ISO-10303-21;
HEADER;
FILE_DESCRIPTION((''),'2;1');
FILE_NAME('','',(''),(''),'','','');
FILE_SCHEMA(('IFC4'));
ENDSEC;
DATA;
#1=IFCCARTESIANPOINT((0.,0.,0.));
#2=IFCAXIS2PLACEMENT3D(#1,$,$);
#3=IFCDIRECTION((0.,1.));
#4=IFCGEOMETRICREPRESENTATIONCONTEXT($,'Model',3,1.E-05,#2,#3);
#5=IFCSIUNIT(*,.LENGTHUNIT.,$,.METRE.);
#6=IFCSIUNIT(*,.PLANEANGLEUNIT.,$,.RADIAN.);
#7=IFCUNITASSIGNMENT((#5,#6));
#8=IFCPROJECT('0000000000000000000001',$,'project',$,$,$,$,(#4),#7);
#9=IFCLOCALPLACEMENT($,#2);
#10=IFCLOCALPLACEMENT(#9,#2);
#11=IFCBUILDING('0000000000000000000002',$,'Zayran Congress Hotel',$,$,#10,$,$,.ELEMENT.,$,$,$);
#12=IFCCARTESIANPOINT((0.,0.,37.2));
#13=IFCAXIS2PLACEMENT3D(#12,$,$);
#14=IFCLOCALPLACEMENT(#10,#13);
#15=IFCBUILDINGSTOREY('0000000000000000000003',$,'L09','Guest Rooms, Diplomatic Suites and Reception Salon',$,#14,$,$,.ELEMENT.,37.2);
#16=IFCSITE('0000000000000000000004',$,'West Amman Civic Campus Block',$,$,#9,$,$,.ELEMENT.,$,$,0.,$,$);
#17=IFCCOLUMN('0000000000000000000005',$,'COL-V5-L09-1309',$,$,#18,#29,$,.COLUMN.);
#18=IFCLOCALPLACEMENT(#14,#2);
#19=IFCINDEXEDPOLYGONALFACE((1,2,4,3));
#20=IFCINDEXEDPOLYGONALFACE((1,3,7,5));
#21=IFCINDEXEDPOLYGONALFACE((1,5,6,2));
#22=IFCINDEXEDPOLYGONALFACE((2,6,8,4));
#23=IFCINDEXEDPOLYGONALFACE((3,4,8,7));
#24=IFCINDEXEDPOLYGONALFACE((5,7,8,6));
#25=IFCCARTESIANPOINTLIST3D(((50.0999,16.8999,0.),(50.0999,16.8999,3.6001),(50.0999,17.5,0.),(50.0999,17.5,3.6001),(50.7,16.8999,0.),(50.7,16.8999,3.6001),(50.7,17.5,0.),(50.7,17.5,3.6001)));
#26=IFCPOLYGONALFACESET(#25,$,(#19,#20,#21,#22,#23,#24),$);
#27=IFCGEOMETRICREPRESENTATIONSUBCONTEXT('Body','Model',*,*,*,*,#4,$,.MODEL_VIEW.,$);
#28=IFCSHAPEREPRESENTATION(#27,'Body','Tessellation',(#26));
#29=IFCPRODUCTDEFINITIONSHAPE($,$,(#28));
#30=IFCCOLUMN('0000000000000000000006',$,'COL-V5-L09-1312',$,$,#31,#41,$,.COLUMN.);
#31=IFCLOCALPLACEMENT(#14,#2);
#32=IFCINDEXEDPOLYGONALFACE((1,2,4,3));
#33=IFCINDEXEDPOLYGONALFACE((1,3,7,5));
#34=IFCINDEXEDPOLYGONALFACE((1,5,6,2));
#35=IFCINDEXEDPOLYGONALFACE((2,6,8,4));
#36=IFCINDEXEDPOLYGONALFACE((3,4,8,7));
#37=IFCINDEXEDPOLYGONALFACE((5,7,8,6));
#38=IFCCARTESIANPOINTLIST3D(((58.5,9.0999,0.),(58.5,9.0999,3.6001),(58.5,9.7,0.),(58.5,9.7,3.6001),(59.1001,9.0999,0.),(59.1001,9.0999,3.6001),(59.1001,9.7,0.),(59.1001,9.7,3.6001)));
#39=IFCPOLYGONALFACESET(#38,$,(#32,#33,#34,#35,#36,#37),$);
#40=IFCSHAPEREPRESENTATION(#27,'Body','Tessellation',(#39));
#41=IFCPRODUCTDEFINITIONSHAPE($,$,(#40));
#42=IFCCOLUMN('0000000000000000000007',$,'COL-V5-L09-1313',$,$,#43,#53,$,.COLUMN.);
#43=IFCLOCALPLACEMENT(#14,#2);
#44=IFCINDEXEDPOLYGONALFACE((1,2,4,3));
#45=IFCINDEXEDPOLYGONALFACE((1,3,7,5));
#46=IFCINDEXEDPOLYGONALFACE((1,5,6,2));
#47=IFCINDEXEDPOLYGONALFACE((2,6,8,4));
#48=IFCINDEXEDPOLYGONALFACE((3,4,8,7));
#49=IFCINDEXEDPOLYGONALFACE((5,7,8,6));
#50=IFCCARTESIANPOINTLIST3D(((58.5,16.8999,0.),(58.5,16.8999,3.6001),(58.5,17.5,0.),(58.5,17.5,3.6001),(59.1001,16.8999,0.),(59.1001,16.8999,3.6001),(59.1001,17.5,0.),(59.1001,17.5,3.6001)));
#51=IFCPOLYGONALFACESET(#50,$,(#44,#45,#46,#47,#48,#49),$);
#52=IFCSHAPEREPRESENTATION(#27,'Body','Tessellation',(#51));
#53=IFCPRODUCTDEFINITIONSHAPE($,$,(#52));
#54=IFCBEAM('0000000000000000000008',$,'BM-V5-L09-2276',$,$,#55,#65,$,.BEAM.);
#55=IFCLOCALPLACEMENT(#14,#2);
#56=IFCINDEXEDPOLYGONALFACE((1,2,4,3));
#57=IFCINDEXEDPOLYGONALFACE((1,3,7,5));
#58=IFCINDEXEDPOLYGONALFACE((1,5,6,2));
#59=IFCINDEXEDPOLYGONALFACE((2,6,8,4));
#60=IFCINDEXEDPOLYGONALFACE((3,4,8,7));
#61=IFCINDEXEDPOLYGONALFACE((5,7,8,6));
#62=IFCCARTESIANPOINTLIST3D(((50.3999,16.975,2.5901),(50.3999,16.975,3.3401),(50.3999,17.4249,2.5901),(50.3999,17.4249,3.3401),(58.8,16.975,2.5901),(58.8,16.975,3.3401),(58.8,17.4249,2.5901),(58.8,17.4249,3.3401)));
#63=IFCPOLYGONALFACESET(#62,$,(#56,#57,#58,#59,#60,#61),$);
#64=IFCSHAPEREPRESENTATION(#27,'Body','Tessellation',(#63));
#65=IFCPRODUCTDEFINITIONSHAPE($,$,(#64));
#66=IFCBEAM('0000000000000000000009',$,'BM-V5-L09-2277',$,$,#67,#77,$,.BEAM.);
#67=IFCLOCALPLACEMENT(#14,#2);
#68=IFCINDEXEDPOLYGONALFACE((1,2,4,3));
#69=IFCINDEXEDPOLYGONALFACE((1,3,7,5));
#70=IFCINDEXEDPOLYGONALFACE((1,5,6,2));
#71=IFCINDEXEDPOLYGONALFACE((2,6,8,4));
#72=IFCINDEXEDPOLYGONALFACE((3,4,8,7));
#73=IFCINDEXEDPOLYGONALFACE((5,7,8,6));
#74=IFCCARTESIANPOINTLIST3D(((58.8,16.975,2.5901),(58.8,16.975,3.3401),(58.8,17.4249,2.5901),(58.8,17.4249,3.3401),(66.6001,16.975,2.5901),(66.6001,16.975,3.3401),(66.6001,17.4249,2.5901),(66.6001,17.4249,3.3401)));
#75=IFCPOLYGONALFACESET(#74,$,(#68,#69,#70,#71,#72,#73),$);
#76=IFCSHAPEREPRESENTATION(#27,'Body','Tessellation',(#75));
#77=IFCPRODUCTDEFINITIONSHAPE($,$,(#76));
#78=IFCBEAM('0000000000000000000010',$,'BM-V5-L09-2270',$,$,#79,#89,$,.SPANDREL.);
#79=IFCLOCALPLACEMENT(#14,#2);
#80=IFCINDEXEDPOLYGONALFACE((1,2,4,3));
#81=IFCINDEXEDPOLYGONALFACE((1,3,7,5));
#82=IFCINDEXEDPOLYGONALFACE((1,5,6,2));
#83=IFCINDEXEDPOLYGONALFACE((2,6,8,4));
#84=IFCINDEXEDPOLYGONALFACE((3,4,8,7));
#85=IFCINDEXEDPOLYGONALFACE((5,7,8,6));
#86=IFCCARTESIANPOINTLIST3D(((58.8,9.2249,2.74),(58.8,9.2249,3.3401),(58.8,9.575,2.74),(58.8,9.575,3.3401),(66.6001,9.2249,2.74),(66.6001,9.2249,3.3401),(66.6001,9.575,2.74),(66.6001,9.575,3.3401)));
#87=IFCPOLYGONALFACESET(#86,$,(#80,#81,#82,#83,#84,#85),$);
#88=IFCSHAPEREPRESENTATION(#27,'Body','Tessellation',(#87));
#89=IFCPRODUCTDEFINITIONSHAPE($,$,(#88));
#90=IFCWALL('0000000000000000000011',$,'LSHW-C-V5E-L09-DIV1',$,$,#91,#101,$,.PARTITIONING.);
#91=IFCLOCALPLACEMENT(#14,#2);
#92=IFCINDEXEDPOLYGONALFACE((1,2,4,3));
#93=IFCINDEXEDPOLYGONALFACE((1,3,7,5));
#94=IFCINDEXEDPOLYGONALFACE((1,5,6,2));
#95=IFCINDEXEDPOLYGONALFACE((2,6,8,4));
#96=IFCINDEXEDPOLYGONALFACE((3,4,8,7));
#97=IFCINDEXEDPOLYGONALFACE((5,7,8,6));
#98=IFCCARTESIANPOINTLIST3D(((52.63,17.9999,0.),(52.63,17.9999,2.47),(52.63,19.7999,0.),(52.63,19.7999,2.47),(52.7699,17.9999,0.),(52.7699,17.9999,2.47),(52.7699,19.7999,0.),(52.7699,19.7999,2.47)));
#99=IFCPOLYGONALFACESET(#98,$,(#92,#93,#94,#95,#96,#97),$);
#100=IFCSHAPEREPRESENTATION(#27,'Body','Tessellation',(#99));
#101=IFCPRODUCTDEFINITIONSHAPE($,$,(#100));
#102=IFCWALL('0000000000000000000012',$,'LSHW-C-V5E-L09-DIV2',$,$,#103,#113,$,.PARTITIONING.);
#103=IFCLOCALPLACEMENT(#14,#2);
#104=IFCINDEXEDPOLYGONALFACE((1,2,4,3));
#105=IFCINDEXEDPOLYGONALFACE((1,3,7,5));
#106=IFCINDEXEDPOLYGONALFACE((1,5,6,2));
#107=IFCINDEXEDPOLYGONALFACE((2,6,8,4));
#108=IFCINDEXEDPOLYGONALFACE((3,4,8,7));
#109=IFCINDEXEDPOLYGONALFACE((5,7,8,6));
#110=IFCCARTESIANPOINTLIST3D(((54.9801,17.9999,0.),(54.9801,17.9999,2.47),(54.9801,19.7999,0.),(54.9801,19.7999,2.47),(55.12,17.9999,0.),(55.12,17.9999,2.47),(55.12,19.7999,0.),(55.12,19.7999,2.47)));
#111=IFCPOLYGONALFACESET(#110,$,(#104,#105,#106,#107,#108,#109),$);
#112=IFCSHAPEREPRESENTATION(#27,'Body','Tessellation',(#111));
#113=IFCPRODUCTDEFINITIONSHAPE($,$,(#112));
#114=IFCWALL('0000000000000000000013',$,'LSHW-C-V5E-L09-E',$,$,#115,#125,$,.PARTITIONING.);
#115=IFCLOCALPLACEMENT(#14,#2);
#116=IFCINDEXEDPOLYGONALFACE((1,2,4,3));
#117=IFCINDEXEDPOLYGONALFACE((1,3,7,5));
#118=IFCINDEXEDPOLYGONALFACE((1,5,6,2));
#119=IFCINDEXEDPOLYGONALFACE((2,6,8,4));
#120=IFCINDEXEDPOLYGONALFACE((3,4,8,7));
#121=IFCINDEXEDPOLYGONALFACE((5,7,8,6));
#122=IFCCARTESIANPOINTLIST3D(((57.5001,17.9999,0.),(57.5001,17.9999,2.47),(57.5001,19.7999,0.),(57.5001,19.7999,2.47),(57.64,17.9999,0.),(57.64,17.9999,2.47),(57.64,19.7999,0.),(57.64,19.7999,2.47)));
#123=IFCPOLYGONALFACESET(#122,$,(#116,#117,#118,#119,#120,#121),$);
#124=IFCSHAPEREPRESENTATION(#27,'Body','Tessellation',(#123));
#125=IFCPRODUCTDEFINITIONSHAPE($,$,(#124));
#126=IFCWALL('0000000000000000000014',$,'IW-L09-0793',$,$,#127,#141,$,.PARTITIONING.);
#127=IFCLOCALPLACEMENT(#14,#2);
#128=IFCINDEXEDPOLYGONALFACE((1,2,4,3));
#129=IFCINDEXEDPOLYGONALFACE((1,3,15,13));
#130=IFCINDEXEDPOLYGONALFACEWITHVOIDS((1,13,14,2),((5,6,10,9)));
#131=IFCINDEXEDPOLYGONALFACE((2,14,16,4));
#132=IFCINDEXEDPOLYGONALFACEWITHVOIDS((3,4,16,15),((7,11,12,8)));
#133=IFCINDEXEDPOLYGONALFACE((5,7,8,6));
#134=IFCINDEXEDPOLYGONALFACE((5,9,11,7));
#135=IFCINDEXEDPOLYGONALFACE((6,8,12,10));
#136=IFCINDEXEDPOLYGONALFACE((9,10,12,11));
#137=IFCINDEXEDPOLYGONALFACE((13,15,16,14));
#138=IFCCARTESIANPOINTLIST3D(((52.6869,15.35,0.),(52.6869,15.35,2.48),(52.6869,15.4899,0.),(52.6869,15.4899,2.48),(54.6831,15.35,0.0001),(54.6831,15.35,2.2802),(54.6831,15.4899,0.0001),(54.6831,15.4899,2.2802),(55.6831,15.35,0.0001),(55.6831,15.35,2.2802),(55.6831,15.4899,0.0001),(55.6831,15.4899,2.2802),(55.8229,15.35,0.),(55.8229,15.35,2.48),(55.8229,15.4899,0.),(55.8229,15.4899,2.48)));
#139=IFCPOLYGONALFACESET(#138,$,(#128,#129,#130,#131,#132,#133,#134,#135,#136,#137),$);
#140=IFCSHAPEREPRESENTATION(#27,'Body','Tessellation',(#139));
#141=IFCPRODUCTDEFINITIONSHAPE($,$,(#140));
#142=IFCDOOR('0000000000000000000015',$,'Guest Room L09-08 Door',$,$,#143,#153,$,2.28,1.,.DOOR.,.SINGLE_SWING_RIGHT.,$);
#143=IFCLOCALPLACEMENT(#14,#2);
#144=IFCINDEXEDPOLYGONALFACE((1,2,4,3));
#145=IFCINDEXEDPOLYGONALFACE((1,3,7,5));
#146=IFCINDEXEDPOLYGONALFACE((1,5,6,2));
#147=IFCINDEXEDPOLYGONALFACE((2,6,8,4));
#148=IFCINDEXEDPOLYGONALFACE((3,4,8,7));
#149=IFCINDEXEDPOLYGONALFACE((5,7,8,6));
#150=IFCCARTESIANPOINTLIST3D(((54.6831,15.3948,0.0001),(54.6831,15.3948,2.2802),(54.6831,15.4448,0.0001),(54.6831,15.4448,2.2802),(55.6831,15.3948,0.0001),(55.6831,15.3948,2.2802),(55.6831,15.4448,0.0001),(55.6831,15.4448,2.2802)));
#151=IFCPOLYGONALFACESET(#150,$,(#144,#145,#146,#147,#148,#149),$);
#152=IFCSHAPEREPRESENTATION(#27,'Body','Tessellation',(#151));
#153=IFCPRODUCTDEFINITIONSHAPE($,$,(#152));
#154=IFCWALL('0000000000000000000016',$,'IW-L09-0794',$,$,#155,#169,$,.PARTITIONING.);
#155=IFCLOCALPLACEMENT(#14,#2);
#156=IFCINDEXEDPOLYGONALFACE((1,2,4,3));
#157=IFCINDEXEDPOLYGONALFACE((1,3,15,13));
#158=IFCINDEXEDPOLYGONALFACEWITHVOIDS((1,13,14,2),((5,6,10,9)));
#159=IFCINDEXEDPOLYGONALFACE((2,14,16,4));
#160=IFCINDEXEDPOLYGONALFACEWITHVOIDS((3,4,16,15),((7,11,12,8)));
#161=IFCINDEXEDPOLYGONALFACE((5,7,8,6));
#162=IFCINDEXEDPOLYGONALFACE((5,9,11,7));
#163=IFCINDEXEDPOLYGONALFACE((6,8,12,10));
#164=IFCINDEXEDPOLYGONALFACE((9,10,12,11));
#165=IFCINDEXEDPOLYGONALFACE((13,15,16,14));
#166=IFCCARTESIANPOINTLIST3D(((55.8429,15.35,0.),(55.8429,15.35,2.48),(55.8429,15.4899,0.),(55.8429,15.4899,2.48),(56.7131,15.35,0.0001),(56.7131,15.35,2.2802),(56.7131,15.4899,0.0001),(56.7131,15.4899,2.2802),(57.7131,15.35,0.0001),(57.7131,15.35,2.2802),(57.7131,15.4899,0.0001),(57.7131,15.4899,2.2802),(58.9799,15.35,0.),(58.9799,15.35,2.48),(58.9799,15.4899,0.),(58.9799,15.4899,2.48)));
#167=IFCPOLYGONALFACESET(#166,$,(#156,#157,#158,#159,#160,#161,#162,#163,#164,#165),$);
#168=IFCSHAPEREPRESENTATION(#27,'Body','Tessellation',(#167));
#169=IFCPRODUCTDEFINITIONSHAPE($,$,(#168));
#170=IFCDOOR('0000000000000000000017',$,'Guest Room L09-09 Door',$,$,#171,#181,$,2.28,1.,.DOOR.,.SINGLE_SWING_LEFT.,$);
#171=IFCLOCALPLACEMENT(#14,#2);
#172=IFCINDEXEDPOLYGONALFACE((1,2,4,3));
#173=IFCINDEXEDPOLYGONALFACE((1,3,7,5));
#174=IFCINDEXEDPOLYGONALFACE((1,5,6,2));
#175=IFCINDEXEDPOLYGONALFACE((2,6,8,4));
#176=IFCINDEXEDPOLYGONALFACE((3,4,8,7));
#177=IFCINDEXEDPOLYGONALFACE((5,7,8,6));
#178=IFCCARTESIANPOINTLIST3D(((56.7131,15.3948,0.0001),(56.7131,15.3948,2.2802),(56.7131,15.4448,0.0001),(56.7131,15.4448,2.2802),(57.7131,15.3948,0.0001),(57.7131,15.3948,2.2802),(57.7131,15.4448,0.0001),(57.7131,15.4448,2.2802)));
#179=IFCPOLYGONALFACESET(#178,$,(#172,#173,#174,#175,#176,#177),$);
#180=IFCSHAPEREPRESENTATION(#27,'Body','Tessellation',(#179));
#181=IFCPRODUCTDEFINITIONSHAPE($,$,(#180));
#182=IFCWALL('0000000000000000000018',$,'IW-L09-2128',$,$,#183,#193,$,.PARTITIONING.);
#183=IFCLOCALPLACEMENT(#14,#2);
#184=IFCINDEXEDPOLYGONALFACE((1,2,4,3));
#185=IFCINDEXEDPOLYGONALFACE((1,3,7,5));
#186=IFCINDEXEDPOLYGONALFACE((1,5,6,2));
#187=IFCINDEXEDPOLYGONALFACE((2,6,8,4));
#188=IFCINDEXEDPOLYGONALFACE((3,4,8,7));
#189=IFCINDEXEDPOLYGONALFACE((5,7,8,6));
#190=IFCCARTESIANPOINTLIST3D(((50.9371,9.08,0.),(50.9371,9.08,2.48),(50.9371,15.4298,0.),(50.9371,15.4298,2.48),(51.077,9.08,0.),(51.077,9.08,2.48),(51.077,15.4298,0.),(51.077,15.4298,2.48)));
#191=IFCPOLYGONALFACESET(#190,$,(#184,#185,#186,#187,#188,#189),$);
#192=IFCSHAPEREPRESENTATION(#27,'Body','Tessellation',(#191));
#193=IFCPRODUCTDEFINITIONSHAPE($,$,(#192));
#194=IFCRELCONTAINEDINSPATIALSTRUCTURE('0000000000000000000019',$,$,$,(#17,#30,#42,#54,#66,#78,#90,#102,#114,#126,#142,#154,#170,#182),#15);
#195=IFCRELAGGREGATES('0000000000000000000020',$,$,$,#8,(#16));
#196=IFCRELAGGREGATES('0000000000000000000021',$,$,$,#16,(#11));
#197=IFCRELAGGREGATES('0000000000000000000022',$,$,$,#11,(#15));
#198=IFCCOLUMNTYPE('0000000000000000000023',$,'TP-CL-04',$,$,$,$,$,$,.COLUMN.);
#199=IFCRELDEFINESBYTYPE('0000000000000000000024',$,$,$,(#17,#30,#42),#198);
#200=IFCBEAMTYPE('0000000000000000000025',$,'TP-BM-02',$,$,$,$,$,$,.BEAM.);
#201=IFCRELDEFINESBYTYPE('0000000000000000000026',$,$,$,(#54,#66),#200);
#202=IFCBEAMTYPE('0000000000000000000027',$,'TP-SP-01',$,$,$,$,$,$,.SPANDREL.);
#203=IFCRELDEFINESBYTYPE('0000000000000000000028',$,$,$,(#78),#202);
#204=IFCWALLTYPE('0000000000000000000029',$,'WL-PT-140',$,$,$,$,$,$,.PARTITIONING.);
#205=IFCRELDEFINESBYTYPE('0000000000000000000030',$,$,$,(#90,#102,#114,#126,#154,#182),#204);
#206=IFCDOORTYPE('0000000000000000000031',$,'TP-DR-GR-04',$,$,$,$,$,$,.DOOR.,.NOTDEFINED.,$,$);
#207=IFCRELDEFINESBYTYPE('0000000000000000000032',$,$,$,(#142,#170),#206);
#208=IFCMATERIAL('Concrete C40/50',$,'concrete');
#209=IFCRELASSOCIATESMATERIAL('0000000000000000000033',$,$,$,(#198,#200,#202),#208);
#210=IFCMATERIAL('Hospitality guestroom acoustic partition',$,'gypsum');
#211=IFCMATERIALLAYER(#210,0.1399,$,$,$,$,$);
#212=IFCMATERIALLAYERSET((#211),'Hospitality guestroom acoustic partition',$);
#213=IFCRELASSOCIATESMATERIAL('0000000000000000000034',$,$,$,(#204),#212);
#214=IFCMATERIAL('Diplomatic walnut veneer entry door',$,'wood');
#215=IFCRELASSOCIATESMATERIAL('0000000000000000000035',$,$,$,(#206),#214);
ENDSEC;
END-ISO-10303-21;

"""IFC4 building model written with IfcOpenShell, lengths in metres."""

from ifc_helpers import new_model, si_unit, direction, frame, frame_2d, origin, origin_2d, place, context, subcontext, project, spatial, rectangle, extrude, material, layer, layer_set, material_profile, profile_set, type_object, element, fill, save


model = new_model("IFC4")

# Units and contexts
model_context = context("Model", 3, precision=1e-05, world=origin(), true_north=direction((0.0, 1.0)))
body_context = subcontext(model_context, "Body", "Model", "MODEL_VIEW")
ifc_project = project(units=[si_unit("LENGTHUNIT", "METRE"), si_unit("PLANEANGLEUNIT", "RADIAN")], contexts=[model_context])

# Site, building, storey
site_placement = place(None, origin())
site = spatial("IfcSite", under=ifc_project, at=site_placement, Name="West Amman Civic Campus Block", CompositionType="ELEMENT", RefElevation=0.0)
building_placement = place(site_placement, origin())
building = spatial("IfcBuilding", under=site, at=building_placement, Name="Zayran Congress Hotel", CompositionType="ELEMENT")
storey_placement = place(building_placement, frame((0.0, 0.0, 37.2)))
storey = spatial("IfcBuildingStorey", under=building, at=storey_placement, Name="L09", Description="Guest Rooms, Diplomatic Suites and Reception Salon", CompositionType="ELEMENT", Elevation=37.2)

# Columns
ifc_material_1 = material(Name="Concrete C40/50", Category="concrete")
ifc_material_profile_1 = material_profile(ifc_material_1, rectangle(XDim=0.6001, YDim=0.6001, at=origin_2d()), Name="RC 600x600")
ifc_profile_set_1 = profile_set([ifc_material_profile_1], Name="Concrete C40/50")
column_type = type_object("IfcColumnType", Name="TP-CL-04", PredefinedType="COLUMN", material=ifc_profile_set_1)
for number, where, z_axis, x_axis, name in (
    (1, (50.3999, 17.2, 0.0), (0.0, 0.0, 1.0), (1.0, 0.0, 0.0), "COL-V5-L09-1309"),
    (2, (58.8, 9.3999, 0.0), (0.0, 0.0, 1.0), (1.0, 0.0, 0.0), "COL-V5-L09-1312"),
    (3, (58.8, 17.2, 0.0), (0.0, 0.0, 1.0), (1.0, 0.0, 0.0), "COL-V5-L09-1313"),
):
    element("IfcColumn", number, at=place(storey_placement, frame(where, z_axis=z_axis, x_axis=x_axis)), inside=storey, type_object=column_type, Name=name, PredefinedType="COLUMN", context=body_context, shape_type="SweptSolid", body=[
        extrude(rectangle(XDim=0.6001, YDim=0.6001, at=origin_2d()), origin(), (0.0, 0.0, 1.0), 3.6001),
    ])

# Beams
ifc_material_profile_2 = material_profile(ifc_material_1, rectangle(XDim=0.45, YDim=0.75, at=origin_2d()), Name="RC 450x750")
ifc_profile_set_2 = profile_set([ifc_material_profile_2], Name="Concrete C40/50")
beam_type_1 = type_object("IfcBeamType", Name="TP-BM-02", PredefinedType="BEAM", material=ifc_profile_set_2)
beam_1_placement = place(storey_placement, frame((50.3999, 17.2, 2.9651), z_axis=(1.0, 0.0, 0.0), x_axis=(0.0, 1.0, 0.0)))
element("IfcBeam", 4, at=beam_1_placement, inside=storey, type_object=beam_type_1, Name="BM-V5-L09-2276", PredefinedType="BEAM", context=body_context, shape_type="SweptSolid", body=[
    extrude(rectangle(XDim=0.45, YDim=0.75, at=origin_2d()), origin(), (0.0, 0.0, 1.0), 8.4001),
])
beam_2_placement = place(storey_placement, frame((58.8, 17.2, 2.9651), z_axis=(1.0, 0.0, 0.0), x_axis=(0.0, 1.0, 0.0)))
element("IfcBeam", 5, at=beam_2_placement, inside=storey, type_object=beam_type_1, Name="BM-V5-L09-2277", PredefinedType="BEAM", context=body_context, shape_type="SweptSolid", body=[
    extrude(rectangle(XDim=0.45, YDim=0.75, at=origin_2d()), origin(), (0.0, 0.0, 1.0), 7.8),
])
ifc_material_profile_3 = material_profile(ifc_material_1, rectangle(XDim=0.3501, YDim=0.6001, at=origin_2d()), Name="RC 350x600")
ifc_profile_set_3 = profile_set([ifc_material_profile_3], Name="Concrete C40/50")
beam_type_2 = type_object("IfcBeamType", Name="TP-SP-01", PredefinedType="SPANDREL", material=ifc_profile_set_3)
beam_3_placement = place(storey_placement, frame((58.8, 9.3999, 3.04), z_axis=(1.0, 0.0, 0.0), x_axis=(0.0, 1.0, 0.0)))
element("IfcBeam", 6, at=beam_3_placement, inside=storey, type_object=beam_type_2, Name="BM-V5-L09-2270", PredefinedType="SPANDREL", context=body_context, shape_type="SweptSolid", body=[
    extrude(rectangle(XDim=0.3501, YDim=0.6001, at=origin_2d()), origin(), (0.0, 0.0, 1.0), 7.8),
])

# Walls
ifc_material_2 = material(Name="Hospitality guestroom acoustic partition", Category="gypsum")
ifc_layer_1 = layer(ifc_material_2, 0.1399)
ifc_layer_set_1 = layer_set([ifc_layer_1], Name="Hospitality guestroom acoustic partition")
wall_type_1 = type_object("IfcWallType", Name="WL-PT-140", PredefinedType="PARTITIONING", material=ifc_layer_set_1)
for number, where, z_axis, x_axis, name in (
    (7, (52.7, 18.0, 0.0), (0.0, 0.0, 1.0), (0.0, 1.0, 0.0), "LSHW-C-V5E-L09-DIV1"),
    (8, (55.05, 18.0, 0.0), (0.0, 0.0, 1.0), (0.0, 1.0, 0.0), "LSHW-C-V5E-L09-DIV2"),
    (9, (57.5701, 18.0, 0.0), (0.0, 0.0, 1.0), (0.0, 1.0, 0.0), "LSHW-C-V5E-L09-E"),
):
    element("IfcWall", number, at=place(storey_placement, frame(where, z_axis=z_axis, x_axis=x_axis)), inside=storey, type_object=wall_type_1, Name=name, PredefinedType="PARTITIONING", context=body_context, shape_type="SweptSolid", body=[
        extrude(rectangle(XDim=1.8, YDim=0.1399, at=frame_2d((0.8999, 0.0))), origin(), (0.0, 0.0, 1.0), 2.47),
    ])

# Walls, openings, doors
wall_1_placement = place(storey_placement, frame((52.687, 15.4199, 0.0), z_axis=(0.0, 0.0, 1.0), x_axis=(1.0, 0.0, 0.0)))
wall_1 = element("IfcWall", 10, at=wall_1_placement, inside=storey, type_object=wall_type_1, Name="IW-L09-0793", PredefinedType="PARTITIONING", context=body_context, shape_type="SweptSolid", body=[
    extrude(rectangle(XDim=3.136, YDim=0.1399, at=frame_2d((1.5679, 0.0))), origin(), (0.0, 0.0, 1.0), 2.48),
])
opening_1_placement = place(wall_1_placement, frame((1.9961, 0.0, 0.0)))
opening_1 = element("IfcOpeningElement", 11, at=opening_1_placement, cuts=wall_1, PredefinedType="OPENING", context=body_context, shape_type="SweptSolid", body=[
    extrude(rectangle(XDim=1.0, YDim=2.28, at=frame_2d((0.5, 1.1401))), frame((0.0, 0.0798, 0.0), z_axis=(0.0, -1.0, 0.0), x_axis=(1.0, 0.0, 0.0)), (0.0, 0.0, 1.0), 0.1599),
])
ifc_material_3 = material(Name="Diplomatic walnut veneer entry door", Category="wood")
door_type_1 = type_object("IfcDoorType", Name="TP-DR-GR-04", OperationType="NOTDEFINED", PredefinedType="DOOR", material=ifc_material_3)
door_1_placement = place(opening_1_placement, origin())
door_1 = element("IfcDoor", 12, at=door_1_placement, inside=storey, type_object=door_type_1, Name="Guest Room L09-08 Door", OperationType="SINGLE_SWING_RIGHT", OverallHeight=2.28, OverallWidth=1.0, PredefinedType="DOOR", context=body_context, shape_type="SweptSolid", body=[
    extrude(rectangle(XDim=1.0, YDim=2.28, at=frame_2d((0.5, 1.1401))), frame((0.0, 0.0249, 0.0), z_axis=(0.0, -1.0, 0.0), x_axis=(1.0, 0.0, 0.0)), (0.0, 0.0, 1.0), 0.05),
])
fill(opening_1, door_1)
wall_2_placement = place(storey_placement, frame((55.843, 15.4199, 0.0), z_axis=(0.0, 0.0, 1.0), x_axis=(1.0, 0.0, 0.0)))
wall_2 = element("IfcWall", 13, at=wall_2_placement, inside=storey, type_object=wall_type_1, Name="IW-L09-0794", PredefinedType="PARTITIONING", context=body_context, shape_type="SweptSolid", body=[
    extrude(rectangle(XDim=3.137, YDim=0.1399, at=frame_2d((1.5684, 0.0))), origin(), (0.0, 0.0, 1.0), 2.48),
])
opening_2_placement = place(wall_2_placement, frame((0.8701, 0.0, 0.0)))
opening_2 = element("IfcOpeningElement", 14, at=opening_2_placement, cuts=wall_2, PredefinedType="OPENING", context=body_context, shape_type="SweptSolid", body=[
    extrude(rectangle(XDim=1.0, YDim=2.28, at=frame_2d((0.5, 1.1401))), frame((0.0, 0.0798, 0.0), z_axis=(0.0, -1.0, 0.0), x_axis=(1.0, 0.0, 0.0)), (0.0, 0.0, 1.0), 0.1599),
])
door_2_placement = place(opening_2_placement, origin())
door_2 = element("IfcDoor", 15, at=door_2_placement, inside=storey, type_object=door_type_1, Name="Guest Room L09-09 Door", OperationType="SINGLE_SWING_LEFT", OverallHeight=2.28, OverallWidth=1.0, PredefinedType="DOOR", context=body_context, shape_type="SweptSolid", body=[
    extrude(rectangle(XDim=1.0, YDim=2.28, at=frame_2d((0.5, 1.1401))), frame((0.0, 0.0249, 0.0), z_axis=(0.0, -1.0, 0.0), x_axis=(1.0, 0.0, 0.0)), (0.0, 0.0, 1.0), 0.05),
])
fill(opening_2, door_2)

# Wall
for number, where, z_axis, x_axis, name in (
    (16, (51.0071, 9.0801, 0.0), (0.0, 0.0, 1.0), (0.0, 1.0, 0.0), "IW-L09-2128"),
):
    element("IfcWall", number, at=place(storey_placement, frame(where, z_axis=z_axis, x_axis=x_axis)), inside=storey, type_object=wall_type_1, Name=name, PredefinedType="PARTITIONING", context=body_context, shape_type="SweptSolid", body=[
        extrude(rectangle(XDim=6.3499, YDim=0.1399, at=frame_2d((3.1748, 0.0))), origin(), (0.0, 0.0, 1.0), 2.48),
    ])

save(model, "model.ifc")
